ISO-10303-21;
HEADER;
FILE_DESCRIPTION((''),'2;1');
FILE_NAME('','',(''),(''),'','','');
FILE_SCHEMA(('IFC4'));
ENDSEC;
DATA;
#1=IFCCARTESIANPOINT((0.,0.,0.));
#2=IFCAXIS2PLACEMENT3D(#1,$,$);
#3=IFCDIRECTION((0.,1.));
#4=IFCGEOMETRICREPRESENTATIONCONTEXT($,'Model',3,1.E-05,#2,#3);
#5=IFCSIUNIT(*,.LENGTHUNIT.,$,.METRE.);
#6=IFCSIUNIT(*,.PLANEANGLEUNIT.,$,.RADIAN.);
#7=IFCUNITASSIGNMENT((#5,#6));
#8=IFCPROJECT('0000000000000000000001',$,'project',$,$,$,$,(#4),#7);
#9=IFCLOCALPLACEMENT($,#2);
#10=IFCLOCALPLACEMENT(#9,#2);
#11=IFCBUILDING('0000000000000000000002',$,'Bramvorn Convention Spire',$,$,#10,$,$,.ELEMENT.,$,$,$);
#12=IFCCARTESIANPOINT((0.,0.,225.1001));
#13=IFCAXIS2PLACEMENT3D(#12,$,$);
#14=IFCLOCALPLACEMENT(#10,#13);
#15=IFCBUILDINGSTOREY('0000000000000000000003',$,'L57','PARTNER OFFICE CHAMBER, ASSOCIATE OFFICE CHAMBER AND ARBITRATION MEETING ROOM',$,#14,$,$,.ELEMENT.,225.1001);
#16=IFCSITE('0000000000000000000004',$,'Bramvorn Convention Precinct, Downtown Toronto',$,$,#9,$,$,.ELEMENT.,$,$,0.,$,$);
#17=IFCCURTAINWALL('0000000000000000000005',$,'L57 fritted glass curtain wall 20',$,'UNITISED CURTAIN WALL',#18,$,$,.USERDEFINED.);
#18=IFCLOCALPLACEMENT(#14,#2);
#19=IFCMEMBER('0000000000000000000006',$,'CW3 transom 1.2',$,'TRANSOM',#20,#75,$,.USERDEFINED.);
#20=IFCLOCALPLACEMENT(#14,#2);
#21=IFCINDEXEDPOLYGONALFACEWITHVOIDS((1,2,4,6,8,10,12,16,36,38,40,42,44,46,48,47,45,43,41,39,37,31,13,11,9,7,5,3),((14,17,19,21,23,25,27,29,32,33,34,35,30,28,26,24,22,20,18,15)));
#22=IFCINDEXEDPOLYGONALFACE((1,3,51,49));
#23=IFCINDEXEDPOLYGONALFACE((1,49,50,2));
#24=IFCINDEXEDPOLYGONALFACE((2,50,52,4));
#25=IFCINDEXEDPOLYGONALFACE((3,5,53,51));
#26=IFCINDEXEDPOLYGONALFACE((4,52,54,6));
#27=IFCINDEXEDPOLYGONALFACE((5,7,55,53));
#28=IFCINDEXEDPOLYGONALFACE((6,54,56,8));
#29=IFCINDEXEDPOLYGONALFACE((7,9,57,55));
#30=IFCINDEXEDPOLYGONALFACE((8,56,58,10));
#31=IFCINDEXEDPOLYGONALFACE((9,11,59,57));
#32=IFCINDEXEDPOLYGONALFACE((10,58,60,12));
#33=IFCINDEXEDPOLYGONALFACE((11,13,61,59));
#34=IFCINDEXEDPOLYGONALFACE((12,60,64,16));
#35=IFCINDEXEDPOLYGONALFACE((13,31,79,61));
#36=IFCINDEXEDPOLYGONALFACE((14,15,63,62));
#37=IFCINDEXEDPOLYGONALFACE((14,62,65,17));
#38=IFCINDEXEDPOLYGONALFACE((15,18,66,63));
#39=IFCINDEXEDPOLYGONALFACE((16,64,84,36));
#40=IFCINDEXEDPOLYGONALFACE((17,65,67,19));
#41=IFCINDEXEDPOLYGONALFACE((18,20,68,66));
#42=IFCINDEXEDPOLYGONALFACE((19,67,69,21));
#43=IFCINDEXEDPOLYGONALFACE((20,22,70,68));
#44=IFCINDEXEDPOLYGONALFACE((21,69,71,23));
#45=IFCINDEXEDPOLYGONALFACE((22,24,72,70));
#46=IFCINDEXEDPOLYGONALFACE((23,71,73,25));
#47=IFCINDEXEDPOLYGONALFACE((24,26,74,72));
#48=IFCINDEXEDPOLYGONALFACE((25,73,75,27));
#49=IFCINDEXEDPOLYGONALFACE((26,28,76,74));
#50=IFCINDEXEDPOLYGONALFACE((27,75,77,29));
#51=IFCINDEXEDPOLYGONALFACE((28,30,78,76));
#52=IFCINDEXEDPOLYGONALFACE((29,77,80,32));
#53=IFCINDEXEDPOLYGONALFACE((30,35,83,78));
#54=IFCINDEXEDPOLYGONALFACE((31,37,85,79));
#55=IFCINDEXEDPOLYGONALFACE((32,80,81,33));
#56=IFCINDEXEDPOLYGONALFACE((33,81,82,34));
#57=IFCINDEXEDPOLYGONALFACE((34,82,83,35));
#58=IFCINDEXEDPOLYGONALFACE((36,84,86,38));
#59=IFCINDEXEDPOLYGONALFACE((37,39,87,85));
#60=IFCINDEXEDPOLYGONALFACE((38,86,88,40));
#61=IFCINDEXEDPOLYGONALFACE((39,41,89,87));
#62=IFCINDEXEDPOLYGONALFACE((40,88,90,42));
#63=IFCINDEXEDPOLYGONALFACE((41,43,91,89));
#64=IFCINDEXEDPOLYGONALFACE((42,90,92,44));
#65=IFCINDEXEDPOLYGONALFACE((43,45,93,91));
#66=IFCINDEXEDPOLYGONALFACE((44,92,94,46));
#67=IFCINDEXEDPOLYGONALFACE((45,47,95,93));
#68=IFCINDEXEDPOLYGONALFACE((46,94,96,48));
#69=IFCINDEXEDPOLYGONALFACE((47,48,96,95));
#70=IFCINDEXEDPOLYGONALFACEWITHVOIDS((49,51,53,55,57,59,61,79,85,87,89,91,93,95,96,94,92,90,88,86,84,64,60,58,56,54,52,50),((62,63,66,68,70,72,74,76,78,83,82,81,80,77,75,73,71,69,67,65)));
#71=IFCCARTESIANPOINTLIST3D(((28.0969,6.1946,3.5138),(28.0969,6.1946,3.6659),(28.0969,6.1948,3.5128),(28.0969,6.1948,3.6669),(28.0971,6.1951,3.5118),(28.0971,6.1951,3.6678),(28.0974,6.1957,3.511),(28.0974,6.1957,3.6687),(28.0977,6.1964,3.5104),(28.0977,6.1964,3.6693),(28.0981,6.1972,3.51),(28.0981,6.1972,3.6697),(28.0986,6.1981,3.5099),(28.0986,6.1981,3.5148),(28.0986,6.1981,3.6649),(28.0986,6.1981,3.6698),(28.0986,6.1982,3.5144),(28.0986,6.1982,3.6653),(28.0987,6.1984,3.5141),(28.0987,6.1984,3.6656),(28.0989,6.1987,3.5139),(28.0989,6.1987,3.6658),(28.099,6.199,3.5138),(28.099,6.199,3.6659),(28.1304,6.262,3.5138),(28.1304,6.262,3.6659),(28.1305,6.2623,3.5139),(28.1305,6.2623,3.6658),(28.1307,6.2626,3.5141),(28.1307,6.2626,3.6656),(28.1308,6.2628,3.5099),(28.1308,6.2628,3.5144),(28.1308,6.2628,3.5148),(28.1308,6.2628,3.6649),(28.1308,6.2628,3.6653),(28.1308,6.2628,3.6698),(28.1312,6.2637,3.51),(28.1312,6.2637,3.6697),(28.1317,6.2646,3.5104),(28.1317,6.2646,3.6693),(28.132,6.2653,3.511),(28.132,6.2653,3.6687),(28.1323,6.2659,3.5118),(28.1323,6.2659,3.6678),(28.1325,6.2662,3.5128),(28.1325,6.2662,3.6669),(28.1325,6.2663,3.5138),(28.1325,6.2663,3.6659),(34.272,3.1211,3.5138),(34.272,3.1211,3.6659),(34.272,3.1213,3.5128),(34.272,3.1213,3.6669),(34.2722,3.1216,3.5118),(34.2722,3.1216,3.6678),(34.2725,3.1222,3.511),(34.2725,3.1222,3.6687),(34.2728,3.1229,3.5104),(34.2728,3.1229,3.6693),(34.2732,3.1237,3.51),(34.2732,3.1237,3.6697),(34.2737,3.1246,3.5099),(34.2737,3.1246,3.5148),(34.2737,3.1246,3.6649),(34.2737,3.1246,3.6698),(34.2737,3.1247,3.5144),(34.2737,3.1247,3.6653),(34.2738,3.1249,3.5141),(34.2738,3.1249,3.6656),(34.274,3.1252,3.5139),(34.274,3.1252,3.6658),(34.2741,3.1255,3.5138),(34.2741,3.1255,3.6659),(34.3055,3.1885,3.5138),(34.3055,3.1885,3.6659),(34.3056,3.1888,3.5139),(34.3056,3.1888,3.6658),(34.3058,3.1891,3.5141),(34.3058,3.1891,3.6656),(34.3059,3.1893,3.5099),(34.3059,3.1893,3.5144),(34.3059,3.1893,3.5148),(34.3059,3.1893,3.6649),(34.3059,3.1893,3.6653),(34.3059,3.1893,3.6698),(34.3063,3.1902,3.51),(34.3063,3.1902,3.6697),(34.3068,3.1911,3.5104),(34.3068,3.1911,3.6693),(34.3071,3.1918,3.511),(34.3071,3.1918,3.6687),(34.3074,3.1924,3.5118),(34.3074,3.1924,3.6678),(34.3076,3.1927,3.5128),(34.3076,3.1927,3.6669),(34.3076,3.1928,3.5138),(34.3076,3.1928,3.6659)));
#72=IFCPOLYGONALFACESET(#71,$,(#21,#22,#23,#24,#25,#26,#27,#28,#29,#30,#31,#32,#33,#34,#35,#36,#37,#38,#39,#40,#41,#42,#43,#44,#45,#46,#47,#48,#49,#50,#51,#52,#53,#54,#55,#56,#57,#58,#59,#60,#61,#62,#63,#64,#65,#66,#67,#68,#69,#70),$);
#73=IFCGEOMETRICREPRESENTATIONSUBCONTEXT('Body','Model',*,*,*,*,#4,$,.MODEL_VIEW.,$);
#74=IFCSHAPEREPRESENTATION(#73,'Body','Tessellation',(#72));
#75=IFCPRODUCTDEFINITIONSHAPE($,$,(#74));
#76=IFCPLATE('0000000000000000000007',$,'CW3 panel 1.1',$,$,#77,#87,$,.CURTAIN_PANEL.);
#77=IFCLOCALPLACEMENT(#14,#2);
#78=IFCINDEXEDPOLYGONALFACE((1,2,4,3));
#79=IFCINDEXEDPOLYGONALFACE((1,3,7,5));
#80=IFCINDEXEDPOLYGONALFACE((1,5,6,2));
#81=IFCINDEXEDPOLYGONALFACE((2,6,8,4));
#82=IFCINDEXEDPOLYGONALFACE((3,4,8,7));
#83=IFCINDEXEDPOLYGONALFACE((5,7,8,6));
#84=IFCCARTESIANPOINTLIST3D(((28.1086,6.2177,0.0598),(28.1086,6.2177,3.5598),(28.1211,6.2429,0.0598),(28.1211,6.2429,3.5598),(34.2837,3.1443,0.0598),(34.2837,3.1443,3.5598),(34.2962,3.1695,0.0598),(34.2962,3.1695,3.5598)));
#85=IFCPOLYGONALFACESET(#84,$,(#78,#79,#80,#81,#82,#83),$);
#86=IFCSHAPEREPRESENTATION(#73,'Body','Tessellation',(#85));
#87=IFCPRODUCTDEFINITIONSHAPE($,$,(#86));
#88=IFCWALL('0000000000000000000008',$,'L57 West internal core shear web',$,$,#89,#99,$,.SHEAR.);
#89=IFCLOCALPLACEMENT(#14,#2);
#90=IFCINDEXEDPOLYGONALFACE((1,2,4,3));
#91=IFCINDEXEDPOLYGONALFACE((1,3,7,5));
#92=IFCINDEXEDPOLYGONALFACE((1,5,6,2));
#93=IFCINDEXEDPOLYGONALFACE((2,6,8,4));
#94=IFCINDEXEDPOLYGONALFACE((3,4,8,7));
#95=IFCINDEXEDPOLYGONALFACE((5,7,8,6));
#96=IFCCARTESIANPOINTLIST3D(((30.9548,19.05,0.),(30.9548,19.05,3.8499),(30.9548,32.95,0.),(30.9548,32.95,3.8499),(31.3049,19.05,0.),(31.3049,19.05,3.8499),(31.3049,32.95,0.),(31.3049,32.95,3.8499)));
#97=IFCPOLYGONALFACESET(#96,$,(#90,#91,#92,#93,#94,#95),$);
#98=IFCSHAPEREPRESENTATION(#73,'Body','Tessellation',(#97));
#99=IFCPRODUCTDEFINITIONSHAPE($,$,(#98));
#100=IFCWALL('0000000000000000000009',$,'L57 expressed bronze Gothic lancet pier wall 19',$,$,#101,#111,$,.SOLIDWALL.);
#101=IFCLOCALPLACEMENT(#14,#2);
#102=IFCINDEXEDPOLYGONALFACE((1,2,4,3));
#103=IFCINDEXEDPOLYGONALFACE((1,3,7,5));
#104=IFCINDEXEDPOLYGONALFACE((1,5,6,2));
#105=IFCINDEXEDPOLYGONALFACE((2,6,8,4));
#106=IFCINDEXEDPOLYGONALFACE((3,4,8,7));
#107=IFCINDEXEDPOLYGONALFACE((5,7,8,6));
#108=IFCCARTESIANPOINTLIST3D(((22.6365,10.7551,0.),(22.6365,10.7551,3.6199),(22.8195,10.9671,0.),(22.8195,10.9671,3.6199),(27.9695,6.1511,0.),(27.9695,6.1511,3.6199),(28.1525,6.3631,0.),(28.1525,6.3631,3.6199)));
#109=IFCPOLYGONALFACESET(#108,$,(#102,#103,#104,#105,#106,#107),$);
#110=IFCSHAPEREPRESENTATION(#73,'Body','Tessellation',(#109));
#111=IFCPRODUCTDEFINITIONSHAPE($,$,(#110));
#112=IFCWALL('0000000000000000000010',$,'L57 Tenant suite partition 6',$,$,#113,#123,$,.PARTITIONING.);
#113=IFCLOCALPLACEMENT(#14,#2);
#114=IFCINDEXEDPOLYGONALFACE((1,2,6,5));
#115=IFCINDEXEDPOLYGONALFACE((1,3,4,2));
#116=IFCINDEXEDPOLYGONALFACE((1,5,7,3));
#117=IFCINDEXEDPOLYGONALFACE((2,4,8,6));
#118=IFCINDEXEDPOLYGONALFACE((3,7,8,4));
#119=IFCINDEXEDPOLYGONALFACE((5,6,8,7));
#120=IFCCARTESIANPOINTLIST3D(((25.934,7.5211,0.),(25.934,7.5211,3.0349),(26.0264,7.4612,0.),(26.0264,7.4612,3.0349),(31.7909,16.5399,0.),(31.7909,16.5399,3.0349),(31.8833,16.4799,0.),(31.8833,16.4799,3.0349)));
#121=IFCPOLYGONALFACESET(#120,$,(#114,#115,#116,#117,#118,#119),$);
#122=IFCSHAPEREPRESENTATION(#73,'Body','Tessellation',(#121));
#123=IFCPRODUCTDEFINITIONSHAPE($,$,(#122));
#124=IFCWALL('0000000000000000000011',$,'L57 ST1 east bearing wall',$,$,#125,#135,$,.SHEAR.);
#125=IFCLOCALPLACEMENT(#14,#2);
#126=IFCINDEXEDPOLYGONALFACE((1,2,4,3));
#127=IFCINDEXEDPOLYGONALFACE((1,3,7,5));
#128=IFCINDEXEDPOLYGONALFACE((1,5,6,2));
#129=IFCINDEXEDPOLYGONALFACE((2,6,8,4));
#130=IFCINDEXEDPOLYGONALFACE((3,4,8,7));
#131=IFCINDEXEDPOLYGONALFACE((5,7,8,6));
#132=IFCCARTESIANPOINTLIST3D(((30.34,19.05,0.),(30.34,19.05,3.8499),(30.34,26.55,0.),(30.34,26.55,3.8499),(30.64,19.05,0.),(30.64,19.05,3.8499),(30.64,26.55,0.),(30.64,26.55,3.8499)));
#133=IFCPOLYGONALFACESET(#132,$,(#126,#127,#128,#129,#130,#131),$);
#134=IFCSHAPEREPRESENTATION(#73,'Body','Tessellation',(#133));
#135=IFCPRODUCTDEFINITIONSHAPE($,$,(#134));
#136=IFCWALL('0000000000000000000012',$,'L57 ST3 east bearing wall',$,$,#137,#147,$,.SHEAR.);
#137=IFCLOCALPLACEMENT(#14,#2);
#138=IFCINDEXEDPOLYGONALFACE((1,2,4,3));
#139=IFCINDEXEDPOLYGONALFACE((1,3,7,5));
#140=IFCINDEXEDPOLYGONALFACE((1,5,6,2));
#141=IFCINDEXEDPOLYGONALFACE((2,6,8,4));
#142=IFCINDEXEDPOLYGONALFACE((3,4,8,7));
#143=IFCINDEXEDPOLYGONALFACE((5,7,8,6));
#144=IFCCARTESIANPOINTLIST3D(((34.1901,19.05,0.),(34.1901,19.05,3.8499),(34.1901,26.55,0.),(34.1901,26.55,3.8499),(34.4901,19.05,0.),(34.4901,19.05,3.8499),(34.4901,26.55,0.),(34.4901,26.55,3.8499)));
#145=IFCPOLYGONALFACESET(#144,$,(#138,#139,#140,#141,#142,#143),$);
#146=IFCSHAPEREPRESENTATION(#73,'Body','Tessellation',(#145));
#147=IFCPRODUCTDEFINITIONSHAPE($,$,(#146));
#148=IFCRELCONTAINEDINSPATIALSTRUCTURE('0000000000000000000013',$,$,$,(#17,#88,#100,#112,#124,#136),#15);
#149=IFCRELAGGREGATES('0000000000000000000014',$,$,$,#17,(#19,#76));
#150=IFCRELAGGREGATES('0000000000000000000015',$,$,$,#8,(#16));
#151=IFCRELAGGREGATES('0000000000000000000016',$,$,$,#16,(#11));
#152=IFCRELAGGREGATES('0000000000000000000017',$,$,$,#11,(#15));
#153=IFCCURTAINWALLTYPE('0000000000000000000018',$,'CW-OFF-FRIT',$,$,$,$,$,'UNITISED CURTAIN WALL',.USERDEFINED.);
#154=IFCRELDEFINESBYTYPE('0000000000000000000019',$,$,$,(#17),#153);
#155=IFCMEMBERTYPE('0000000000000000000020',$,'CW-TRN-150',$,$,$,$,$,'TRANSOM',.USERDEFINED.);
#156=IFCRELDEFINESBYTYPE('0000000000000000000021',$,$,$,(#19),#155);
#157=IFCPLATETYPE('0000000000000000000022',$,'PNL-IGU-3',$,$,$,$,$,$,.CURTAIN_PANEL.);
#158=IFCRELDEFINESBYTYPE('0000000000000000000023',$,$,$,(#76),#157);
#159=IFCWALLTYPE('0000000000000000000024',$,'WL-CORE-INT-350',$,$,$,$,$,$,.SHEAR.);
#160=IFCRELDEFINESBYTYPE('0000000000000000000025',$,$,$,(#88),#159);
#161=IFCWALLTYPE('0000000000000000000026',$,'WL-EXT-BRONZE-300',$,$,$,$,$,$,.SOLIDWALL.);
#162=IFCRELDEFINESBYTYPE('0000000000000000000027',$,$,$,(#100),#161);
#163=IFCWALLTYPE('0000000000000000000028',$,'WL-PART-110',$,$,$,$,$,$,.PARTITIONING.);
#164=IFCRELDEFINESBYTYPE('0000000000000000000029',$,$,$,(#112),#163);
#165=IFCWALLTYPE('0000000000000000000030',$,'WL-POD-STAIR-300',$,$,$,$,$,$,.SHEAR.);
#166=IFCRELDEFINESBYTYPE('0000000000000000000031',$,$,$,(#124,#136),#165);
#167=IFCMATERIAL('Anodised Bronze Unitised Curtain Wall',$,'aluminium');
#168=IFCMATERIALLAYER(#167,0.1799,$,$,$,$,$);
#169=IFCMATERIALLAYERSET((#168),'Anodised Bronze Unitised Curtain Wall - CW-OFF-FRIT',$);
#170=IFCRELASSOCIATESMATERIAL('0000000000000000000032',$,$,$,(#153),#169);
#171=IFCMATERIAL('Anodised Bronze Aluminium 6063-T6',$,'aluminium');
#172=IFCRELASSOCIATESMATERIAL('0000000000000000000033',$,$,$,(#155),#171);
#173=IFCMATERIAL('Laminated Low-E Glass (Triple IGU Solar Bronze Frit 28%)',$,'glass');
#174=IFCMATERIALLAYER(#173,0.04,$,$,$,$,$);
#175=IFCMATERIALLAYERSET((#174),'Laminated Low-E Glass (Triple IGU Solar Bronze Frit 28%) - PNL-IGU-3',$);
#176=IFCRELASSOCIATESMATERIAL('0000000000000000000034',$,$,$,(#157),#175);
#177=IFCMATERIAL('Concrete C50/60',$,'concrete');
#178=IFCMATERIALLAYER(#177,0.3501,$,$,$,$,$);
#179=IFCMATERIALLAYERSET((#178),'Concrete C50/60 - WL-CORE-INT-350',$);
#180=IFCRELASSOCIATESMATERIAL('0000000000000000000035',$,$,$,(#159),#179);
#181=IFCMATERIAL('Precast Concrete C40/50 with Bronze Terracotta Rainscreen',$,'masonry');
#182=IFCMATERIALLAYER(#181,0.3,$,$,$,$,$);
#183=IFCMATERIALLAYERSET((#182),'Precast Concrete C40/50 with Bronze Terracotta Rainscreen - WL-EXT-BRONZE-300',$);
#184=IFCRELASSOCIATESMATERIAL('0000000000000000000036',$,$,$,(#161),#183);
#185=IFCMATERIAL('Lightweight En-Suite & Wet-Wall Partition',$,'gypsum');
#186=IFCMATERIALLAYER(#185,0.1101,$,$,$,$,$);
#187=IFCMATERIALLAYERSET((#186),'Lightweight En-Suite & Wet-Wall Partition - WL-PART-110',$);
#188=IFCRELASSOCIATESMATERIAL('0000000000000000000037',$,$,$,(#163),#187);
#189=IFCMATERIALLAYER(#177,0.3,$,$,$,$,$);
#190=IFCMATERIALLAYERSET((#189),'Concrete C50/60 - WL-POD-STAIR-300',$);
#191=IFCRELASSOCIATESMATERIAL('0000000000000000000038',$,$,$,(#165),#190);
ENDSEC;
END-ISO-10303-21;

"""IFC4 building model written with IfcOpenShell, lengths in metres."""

from ifc_helpers import new_model, si_unit, direction, frame, frame_2d, origin, origin_2d, place, context, subcontext, project, spatial, rectangle, hollow_rectangle, extrude, material, layer, layer_set, material_profile, profile_set, type_object, element, aggregate, save


model = new_model("IFC4")

# Units and contexts
model_context = context("Model", 3, precision=1e-05, world=origin(), true_north=direction((0.0, 1.0)))
body_context = subcontext(model_context, "Body", "Model", "MODEL_VIEW")
ifc_project = project(units=[si_unit("LENGTHUNIT", "METRE"), si_unit("PLANEANGLEUNIT", "RADIAN")], contexts=[model_context])

# Site, building, storey
site_placement = place(None, origin())
site = spatial("IfcSite", under=ifc_project, at=site_placement, Name="Bramvorn Convention Precinct, Downtown Toronto", CompositionType="ELEMENT", RefElevation=0.0)
building_placement = place(site_placement, origin())
building = spatial("IfcBuilding", under=site, at=building_placement, Name="Bramvorn Convention Spire", CompositionType="ELEMENT")
storey_placement = place(building_placement, frame((0.0, 0.0, 225.1001)))
storey = spatial("IfcBuildingStorey", under=building, at=storey_placement, Name="L57", Description="PARTNER OFFICE CHAMBER, ASSOCIATE OFFICE CHAMBER AND ARBITRATION MEETING ROOM", CompositionType="ELEMENT", Elevation=225.1001)

# Curtain wall
ifc_material_1 = material(Name="Anodised Bronze Unitised Curtain Wall", Category="aluminium")
ifc_layer_1 = layer(ifc_material_1, 0.1799)
ifc_layer_set_1 = layer_set([ifc_layer_1], Name="Anodised Bronze Unitised Curtain Wall - CW-OFF-FRIT")
curtain_wall_type = type_object("IfcCurtainWallType", Name="CW-OFF-FRIT", ElementType="UNITISED CURTAIN WALL", PredefinedType="USERDEFINED", material=ifc_layer_set_1)
curtain_wall_1_placement = place(storey_placement, origin())
curtain_wall_1 = element("IfcCurtainWall", 1, at=curtain_wall_1_placement, inside=storey, type_object=curtain_wall_type, Name="L57 fritted glass curtain wall 20", ObjectType="UNITISED CURTAIN WALL", PredefinedType="USERDEFINED")
ifc_material_2 = material(Name="Anodised Bronze Aluminium 6063-T6", Category="aluminium")

# Member
ifc_material_profile_1 = material_profile(ifc_material_2, hollow_rectangle(XDim=0.0801, YDim=0.1599, WallThickness=0.0039, InnerFilletRadius=0.001, OuterFilletRadius=0.0039, at=origin_2d()))
ifc_profile_set_1 = profile_set([ifc_material_profile_1], Name="Anodised Bronze Aluminium 6063-T6 - CWT80X160")
member_type_1 = type_object("IfcMemberType", Name="CW-TRN-150", ElementType="TRANSOM", PredefinedType="USERDEFINED", material=ifc_profile_set_1)
member_1_placement = place(storey_placement, frame((34.2898, 3.157, 3.5898), z_axis=(-0.89524, 0.445585, 0.0), x_axis=(-0.445585, -0.89524, 0.0)))
member_1 = element("IfcMember", 2, at=member_1_placement, type_object=member_type_1, Name="CW3 transom 1.2", ObjectType="TRANSOM", PredefinedType="USERDEFINED", context=body_context, shape_type="SweptSolid", body=[
    extrude(hollow_rectangle(XDim=0.0801, YDim=0.1599, WallThickness=0.0039, InnerFilletRadius=0.001, OuterFilletRadius=0.0039, at=origin_2d()), origin(), (0.0, 0.0, 1.0), 6.8977),
])

# Plate
ifc_material_3 = material(Name="Laminated Low-E Glass (Triple IGU Solar Bronze Frit 28%)", Category="glass")
ifc_layer_2 = layer(ifc_material_3, 0.04)
ifc_layer_set_2 = layer_set([ifc_layer_2], Name="Laminated Low-E Glass (Triple IGU Solar Bronze Frit 28%) - PNL-IGU-3")
plate_type = type_object("IfcPlateType", Name="PNL-IGU-3", PredefinedType="CURTAIN_PANEL", material=ifc_layer_set_2)
plate_placement = place(storey_placement, frame((31.2024, 4.6936, 0.0598), z_axis=(0.0, 0.0, 1.0), x_axis=(-0.895249, 0.445566, 0.0)))
plate = element("IfcPlate", 3, at=plate_placement, type_object=plate_type, Name="CW3 panel 1.1", PredefinedType="CURTAIN_PANEL", context=body_context, shape_type="SweptSolid", body=[
    extrude(rectangle(XDim=6.8977, YDim=0.0281, at=origin_2d()), origin(), (0.0, 0.0, 1.0), 3.5),
])
aggregate(curtain_wall_1, [member_1, plate])

# Walls
ifc_material_4 = material(Name="Concrete C50/60", Category="concrete")
ifc_layer_3 = layer(ifc_material_4, 0.3501)
ifc_layer_set_3 = layer_set([ifc_layer_3], Name="Concrete C50/60 - WL-CORE-INT-350")
wall_type_1 = type_object("IfcWallType", Name="WL-CORE-INT-350", PredefinedType="SHEAR", material=ifc_layer_set_3)
wall_1_placement = place(storey_placement, frame((31.1299, 19.05, 0.0), z_axis=(0.0, 0.0, 1.0), x_axis=(0.0, 1.0, 0.0)))
element("IfcWall", 4, at=wall_1_placement, inside=storey, type_object=wall_type_1, Name="L57 West internal core shear web", PredefinedType="SHEAR", context=body_context, shape_type="SweptSolid", body=[
    extrude(rectangle(XDim=13.8999, YDim=0.3501, at=frame_2d((6.95, 0.0))), origin(), (0.0, 0.0, 1.0), 3.8499),
])
ifc_material_5 = material(Name="Precast Concrete C40/50 with Bronze Terracotta Rainscreen", Category="masonry")
ifc_layer_4 = layer(ifc_material_5, 0.3)
ifc_layer_set_4 = layer_set([ifc_layer_4], Name="Precast Concrete C40/50 with Bronze Terracotta Rainscreen - WL-EXT-BRONZE-300")
wall_type_2 = type_object("IfcWallType", Name="WL-EXT-BRONZE-300", PredefinedType="SOLIDWALL", material=ifc_layer_set_4)
wall_2_placement = place(storey_placement, frame((28.061, 6.2571, 0.0), z_axis=(0.0, 0.0, 1.0), x_axis=(-0.756948, 0.653476, 0.0)))
element("IfcWall", 5, at=wall_2_placement, inside=storey, type_object=wall_type_2, Name="L57 expressed bronze Gothic lancet pier wall 19", PredefinedType="SOLIDWALL", context=body_context, shape_type="SweptSolid", body=[
    extrude(rectangle(XDim=7.0454, YDim=0.28, at=frame_2d((3.5227, 0.0))), origin(), (0.0, 0.0, 1.0), 3.6199),
])
ifc_material_6 = material(Name="Lightweight En-Suite & Wet-Wall Partition", Category="gypsum")
ifc_layer_5 = layer(ifc_material_6, 0.1101)
ifc_layer_set_5 = layer_set([ifc_layer_5], Name="Lightweight En-Suite & Wet-Wall Partition - WL-PART-110")
wall_type_3 = type_object("IfcWallType", Name="WL-PART-110", PredefinedType="PARTITIONING", material=ifc_layer_set_5)
wall_3_placement = place(storey_placement, frame((31.8372, 16.51, 0.0), z_axis=(0.0, 0.0, 1.0), x_axis=(-0.544643, -0.838668, 0.0)))
element("IfcWall", 6, at=wall_3_placement, inside=storey, type_object=wall_type_3, Name="L57 Tenant suite partition 6", PredefinedType="PARTITIONING", context=body_context, shape_type="SweptSolid", body=[
    extrude(rectangle(XDim=10.7537, YDim=0.1101, at=frame_2d((5.377, 0.0))), origin(), (0.0, 0.0, 1.0), 3.0349),
])
ifc_layer_6 = layer(ifc_material_4, 0.3)
ifc_layer_set_6 = layer_set([ifc_layer_6], Name="Concrete C50/60 - WL-POD-STAIR-300")
wall_type_4 = type_object("IfcWallType", Name="WL-POD-STAIR-300", PredefinedType="SHEAR", material=ifc_layer_set_6)
for number, where, z_axis, x_axis, name in (
    (7, (30.49, 19.05, 0.0), (0.0, 0.0, 1.0), (0.0, 1.0, 0.0), "L57 ST1 east bearing wall"),
    (8, (34.3401, 19.05, 0.0), (0.0, 0.0, 1.0), (0.0, 1.0, 0.0), "L57 ST3 east bearing wall"),
):
    element("IfcWall", number, at=place(storey_placement, frame(where, z_axis=z_axis, x_axis=x_axis)), inside=storey, type_object=wall_type_4, Name=name, PredefinedType="SHEAR", context=body_context, shape_type="SweptSolid", body=[
        extrude(rectangle(XDim=7.5, YDim=0.3, at=frame_2d((3.75, 0.0))), origin(), (0.0, 0.0, 1.0), 3.8499),
    ])

save(model, "model.ifc")
